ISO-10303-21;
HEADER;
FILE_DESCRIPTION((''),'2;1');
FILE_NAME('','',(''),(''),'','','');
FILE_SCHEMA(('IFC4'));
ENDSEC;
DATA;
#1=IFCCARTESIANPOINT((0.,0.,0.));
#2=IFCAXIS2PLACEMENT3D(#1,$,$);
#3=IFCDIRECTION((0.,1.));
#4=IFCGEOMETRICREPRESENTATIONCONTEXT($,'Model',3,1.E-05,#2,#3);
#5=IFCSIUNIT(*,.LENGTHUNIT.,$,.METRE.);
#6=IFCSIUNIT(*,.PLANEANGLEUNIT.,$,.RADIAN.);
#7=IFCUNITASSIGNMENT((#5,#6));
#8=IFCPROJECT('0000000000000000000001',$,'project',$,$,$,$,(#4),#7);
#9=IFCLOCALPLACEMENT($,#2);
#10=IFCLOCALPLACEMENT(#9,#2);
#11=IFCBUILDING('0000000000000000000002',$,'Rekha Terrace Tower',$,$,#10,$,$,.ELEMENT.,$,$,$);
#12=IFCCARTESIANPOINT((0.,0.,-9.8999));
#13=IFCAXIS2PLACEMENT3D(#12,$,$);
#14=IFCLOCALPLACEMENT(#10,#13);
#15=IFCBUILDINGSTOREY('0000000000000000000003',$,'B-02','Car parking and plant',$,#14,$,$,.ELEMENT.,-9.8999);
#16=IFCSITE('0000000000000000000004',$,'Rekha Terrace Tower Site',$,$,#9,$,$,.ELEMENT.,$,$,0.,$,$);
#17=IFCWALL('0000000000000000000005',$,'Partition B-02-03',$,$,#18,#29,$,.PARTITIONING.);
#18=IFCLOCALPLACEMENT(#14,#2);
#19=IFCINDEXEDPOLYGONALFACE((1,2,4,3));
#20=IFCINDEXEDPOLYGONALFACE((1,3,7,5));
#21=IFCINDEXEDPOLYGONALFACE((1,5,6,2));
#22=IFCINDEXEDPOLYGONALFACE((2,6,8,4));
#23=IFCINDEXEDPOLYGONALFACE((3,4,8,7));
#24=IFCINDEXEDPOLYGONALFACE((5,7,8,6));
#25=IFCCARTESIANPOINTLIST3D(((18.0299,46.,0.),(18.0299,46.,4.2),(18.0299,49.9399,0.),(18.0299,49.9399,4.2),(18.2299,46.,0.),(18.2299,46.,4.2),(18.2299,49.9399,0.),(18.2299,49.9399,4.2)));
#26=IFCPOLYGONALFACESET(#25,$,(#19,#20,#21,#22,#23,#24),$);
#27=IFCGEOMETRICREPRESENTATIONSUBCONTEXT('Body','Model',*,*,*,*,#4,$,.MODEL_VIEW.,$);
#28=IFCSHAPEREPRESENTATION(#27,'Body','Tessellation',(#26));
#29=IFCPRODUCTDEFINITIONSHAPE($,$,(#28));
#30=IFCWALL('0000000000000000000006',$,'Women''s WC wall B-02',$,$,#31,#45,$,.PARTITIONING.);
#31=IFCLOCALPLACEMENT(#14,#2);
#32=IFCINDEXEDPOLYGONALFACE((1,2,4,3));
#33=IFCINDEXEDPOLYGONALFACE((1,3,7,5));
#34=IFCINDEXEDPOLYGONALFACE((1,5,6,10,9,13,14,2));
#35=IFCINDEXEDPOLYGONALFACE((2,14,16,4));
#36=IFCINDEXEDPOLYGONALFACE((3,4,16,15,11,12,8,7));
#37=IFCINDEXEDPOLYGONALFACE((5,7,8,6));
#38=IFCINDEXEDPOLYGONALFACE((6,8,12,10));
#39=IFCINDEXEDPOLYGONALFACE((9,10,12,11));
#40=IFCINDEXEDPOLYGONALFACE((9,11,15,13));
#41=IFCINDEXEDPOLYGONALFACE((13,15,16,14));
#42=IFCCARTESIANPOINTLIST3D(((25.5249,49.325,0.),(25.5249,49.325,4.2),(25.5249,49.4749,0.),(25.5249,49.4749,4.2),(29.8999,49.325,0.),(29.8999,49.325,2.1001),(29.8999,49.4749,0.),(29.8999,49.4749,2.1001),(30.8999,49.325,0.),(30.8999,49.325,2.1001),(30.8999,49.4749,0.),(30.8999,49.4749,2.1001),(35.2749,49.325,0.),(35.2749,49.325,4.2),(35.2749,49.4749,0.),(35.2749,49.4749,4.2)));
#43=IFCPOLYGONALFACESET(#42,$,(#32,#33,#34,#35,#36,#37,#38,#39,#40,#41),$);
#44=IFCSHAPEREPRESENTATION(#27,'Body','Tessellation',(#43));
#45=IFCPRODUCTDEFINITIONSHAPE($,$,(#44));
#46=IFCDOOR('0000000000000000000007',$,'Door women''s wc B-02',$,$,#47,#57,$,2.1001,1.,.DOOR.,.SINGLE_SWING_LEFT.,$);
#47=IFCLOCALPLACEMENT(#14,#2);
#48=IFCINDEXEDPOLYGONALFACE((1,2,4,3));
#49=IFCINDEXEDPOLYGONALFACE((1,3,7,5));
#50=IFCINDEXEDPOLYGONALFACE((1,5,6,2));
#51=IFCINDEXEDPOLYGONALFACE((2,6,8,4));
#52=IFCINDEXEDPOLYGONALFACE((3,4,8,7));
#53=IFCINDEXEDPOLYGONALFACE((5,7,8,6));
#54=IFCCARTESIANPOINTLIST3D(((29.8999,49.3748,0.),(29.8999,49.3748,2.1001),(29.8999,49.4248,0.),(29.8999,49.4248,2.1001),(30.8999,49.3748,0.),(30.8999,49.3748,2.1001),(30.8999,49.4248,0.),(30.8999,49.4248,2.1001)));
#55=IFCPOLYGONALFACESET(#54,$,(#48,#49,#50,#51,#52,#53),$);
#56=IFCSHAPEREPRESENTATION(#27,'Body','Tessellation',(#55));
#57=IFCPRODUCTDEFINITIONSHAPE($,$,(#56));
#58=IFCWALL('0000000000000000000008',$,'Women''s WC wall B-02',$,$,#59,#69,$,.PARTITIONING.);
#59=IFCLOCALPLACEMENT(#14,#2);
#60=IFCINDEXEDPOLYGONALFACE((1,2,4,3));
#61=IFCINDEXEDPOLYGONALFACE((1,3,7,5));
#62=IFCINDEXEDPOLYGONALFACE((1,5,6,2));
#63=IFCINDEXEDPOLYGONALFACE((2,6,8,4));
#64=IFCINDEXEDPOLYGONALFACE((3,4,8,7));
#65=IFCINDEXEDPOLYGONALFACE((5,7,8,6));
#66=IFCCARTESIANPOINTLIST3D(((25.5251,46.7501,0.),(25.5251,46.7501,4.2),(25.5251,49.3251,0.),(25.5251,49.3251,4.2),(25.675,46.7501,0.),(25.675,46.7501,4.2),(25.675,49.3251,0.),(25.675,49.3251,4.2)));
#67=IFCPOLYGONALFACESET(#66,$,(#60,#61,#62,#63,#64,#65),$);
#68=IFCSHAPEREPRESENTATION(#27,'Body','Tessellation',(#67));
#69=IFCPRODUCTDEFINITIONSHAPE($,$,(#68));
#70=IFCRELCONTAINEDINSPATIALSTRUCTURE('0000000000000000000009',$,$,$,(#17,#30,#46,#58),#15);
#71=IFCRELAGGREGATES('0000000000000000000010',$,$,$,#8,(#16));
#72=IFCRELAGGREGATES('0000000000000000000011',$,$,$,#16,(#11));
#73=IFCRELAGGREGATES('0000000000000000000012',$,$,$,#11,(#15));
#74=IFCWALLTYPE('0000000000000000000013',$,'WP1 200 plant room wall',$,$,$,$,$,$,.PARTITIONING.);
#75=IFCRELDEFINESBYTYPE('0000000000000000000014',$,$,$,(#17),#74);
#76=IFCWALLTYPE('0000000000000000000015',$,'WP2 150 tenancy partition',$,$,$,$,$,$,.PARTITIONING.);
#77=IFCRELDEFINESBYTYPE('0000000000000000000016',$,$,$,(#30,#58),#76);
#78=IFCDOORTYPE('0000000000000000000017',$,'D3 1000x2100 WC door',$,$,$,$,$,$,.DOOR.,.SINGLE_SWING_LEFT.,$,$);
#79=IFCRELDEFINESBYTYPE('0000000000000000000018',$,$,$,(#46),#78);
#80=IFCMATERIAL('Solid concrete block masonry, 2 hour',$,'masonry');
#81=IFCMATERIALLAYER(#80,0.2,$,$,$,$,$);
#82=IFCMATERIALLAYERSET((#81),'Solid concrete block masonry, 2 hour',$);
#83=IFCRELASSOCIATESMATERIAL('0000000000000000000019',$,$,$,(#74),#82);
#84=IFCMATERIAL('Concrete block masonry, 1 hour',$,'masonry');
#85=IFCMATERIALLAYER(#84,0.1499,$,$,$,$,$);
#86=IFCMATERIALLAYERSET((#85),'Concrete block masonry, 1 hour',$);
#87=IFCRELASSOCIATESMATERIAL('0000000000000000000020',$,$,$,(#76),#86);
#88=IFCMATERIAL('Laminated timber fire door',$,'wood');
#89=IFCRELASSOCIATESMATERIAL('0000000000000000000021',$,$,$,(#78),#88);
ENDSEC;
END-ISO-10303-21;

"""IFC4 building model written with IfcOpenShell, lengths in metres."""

from ifc_helpers import new_model, si_unit, direction, frame, frame_2d, origin, place, context, subcontext, project, spatial, rectangle, extrude, material, layer, layer_set, type_object, element, fill, save


model = new_model("IFC4")

# Units and contexts
model_context = context("Model", 3, precision=1e-05, world=origin(), true_north=direction((0.0, 1.0)))
body_context = subcontext(model_context, "Body", "Model", "MODEL_VIEW")
ifc_project = project(units=[si_unit("LENGTHUNIT", "METRE"), si_unit("PLANEANGLEUNIT", "RADIAN")], contexts=[model_context])

# Site, building, storey
site_placement = place(None, origin())
site = spatial("IfcSite", under=ifc_project, at=site_placement, Name="Rekha Terrace Tower Site", CompositionType="ELEMENT", RefElevation=0.0)
building_placement = place(site_placement, origin())
building = spatial("IfcBuilding", under=site, at=building_placement, Name="Rekha Terrace Tower", CompositionType="ELEMENT")
storey_placement = place(building_placement, frame((0.0, 0.0, -9.8999)))
storey = spatial("IfcBuildingStorey", under=building, at=storey_placement, Name="B-02", Description="Car parking and plant", CompositionType="ELEMENT", Elevation=-9.8999)

# Shared definitions
ifc_material_1 = material(Name="Solid concrete block masonry, 2 hour", Category="masonry")
ifc_layer_1 = layer(ifc_material_1, 0.2)
ifc_layer_set_1 = layer_set([ifc_layer_1], Name="Solid concrete block masonry, 2 hour")
wall_type_1 = type_object("IfcWallType", Name="WP1 200 plant room wall", PredefinedType="PARTITIONING", material=ifc_layer_set_1)

# Wall
wall_1_placement = place(storey_placement, frame((18.1299, 49.9399, 0.0), z_axis=(0.0, 0.0, 1.0), x_axis=(0.0, -1.0, 0.0)))
element("IfcWall", 1, at=wall_1_placement, inside=storey, type_object=wall_type_1, Name="Partition B-02-03", PredefinedType="PARTITIONING", context=body_context, shape_type="SweptSolid", body=[
    extrude(rectangle(XDim=3.9399, YDim=0.2, at=frame_2d((1.97, 0.0))), origin(), (0.0, 0.0, 1.0), 4.2),
])

# Wall, opening, door
ifc_material_2 = material(Name="Concrete block masonry, 1 hour", Category="masonry")
ifc_layer_2 = layer(ifc_material_2, 0.1499)
ifc_layer_set_2 = layer_set([ifc_layer_2], Name="Concrete block masonry, 1 hour")
wall_type_2 = type_object("IfcWallType", Name="WP2 150 tenancy partition", PredefinedType="PARTITIONING", material=ifc_layer_set_2)
wall_2_placement = place(storey_placement, frame((25.5249, 49.3999, 0.0), z_axis=(0.0, 0.0, 1.0), x_axis=(1.0, 0.0, 0.0)))
wall_2 = element("IfcWall", 2, at=wall_2_placement, inside=storey, type_object=wall_type_2, Name="Women's WC wall B-02", PredefinedType="PARTITIONING", context=body_context, shape_type="SweptSolid", body=[
    extrude(rectangle(XDim=9.75, YDim=0.1499, at=frame_2d((4.875, 0.0))), origin(), (0.0, 0.0, 1.0), 4.2),
])
opening_1_placement = place(wall_2_placement, frame((4.375, 0.0, 0.0)))
opening_1 = element("IfcOpeningElement", 3, at=opening_1_placement, cuts=wall_2, PredefinedType="OPENING", context=body_context, shape_type="SweptSolid", body=[
    extrude(rectangle(XDim=1.0, YDim=2.1001, at=frame_2d((0.5, 1.05))), frame((0.0, 0.085, 0.0), z_axis=(0.0, -1.0, 0.0), x_axis=(1.0, 0.0, 0.0)), (0.0, 0.0, 1.0), 0.1699),
])
ifc_material_3 = material(Name="Laminated timber fire door", Category="wood")
door_type_1 = type_object("IfcDoorType", Name="D3 1000x2100 WC door", OperationType="SINGLE_SWING_LEFT", PredefinedType="DOOR", material=ifc_material_3)
door_1_placement = place(opening_1_placement, origin())
door_1 = element("IfcDoor", 4, at=door_1_placement, inside=storey, type_object=door_type_1, Name="Door women's wc B-02", OperationType="SINGLE_SWING_LEFT", OverallHeight=2.1001, OverallWidth=1.0, PredefinedType="DOOR", context=body_context, shape_type="SweptSolid", body=[
    extrude(rectangle(XDim=1.0, YDim=2.1001, at=frame_2d((0.5, 1.05))), frame((0.0, 0.0249, 0.0), z_axis=(0.0, -1.0, 0.0), x_axis=(1.0, 0.0, 0.0)), (0.0, 0.0, 1.0), 0.05),
])
fill(opening_1, door_1)

# Wall
wall_3_placement = place(storey_placement, frame((25.6001, 46.75, 0.0), z_axis=(0.0, 0.0, 1.0), x_axis=(0.0, 1.0, 0.0)))
element("IfcWall", 5, at=wall_3_placement, inside=storey, type_object=wall_type_2, Name="Women's WC wall B-02", PredefinedType="PARTITIONING", context=body_context, shape_type="SweptSolid", body=[
    extrude(rectangle(XDim=2.575, YDim=0.1499, at=frame_2d((1.2876, 0.0))), origin(), (0.0, 0.0, 1.0), 4.2),
])

save(model, "model.ifc")
